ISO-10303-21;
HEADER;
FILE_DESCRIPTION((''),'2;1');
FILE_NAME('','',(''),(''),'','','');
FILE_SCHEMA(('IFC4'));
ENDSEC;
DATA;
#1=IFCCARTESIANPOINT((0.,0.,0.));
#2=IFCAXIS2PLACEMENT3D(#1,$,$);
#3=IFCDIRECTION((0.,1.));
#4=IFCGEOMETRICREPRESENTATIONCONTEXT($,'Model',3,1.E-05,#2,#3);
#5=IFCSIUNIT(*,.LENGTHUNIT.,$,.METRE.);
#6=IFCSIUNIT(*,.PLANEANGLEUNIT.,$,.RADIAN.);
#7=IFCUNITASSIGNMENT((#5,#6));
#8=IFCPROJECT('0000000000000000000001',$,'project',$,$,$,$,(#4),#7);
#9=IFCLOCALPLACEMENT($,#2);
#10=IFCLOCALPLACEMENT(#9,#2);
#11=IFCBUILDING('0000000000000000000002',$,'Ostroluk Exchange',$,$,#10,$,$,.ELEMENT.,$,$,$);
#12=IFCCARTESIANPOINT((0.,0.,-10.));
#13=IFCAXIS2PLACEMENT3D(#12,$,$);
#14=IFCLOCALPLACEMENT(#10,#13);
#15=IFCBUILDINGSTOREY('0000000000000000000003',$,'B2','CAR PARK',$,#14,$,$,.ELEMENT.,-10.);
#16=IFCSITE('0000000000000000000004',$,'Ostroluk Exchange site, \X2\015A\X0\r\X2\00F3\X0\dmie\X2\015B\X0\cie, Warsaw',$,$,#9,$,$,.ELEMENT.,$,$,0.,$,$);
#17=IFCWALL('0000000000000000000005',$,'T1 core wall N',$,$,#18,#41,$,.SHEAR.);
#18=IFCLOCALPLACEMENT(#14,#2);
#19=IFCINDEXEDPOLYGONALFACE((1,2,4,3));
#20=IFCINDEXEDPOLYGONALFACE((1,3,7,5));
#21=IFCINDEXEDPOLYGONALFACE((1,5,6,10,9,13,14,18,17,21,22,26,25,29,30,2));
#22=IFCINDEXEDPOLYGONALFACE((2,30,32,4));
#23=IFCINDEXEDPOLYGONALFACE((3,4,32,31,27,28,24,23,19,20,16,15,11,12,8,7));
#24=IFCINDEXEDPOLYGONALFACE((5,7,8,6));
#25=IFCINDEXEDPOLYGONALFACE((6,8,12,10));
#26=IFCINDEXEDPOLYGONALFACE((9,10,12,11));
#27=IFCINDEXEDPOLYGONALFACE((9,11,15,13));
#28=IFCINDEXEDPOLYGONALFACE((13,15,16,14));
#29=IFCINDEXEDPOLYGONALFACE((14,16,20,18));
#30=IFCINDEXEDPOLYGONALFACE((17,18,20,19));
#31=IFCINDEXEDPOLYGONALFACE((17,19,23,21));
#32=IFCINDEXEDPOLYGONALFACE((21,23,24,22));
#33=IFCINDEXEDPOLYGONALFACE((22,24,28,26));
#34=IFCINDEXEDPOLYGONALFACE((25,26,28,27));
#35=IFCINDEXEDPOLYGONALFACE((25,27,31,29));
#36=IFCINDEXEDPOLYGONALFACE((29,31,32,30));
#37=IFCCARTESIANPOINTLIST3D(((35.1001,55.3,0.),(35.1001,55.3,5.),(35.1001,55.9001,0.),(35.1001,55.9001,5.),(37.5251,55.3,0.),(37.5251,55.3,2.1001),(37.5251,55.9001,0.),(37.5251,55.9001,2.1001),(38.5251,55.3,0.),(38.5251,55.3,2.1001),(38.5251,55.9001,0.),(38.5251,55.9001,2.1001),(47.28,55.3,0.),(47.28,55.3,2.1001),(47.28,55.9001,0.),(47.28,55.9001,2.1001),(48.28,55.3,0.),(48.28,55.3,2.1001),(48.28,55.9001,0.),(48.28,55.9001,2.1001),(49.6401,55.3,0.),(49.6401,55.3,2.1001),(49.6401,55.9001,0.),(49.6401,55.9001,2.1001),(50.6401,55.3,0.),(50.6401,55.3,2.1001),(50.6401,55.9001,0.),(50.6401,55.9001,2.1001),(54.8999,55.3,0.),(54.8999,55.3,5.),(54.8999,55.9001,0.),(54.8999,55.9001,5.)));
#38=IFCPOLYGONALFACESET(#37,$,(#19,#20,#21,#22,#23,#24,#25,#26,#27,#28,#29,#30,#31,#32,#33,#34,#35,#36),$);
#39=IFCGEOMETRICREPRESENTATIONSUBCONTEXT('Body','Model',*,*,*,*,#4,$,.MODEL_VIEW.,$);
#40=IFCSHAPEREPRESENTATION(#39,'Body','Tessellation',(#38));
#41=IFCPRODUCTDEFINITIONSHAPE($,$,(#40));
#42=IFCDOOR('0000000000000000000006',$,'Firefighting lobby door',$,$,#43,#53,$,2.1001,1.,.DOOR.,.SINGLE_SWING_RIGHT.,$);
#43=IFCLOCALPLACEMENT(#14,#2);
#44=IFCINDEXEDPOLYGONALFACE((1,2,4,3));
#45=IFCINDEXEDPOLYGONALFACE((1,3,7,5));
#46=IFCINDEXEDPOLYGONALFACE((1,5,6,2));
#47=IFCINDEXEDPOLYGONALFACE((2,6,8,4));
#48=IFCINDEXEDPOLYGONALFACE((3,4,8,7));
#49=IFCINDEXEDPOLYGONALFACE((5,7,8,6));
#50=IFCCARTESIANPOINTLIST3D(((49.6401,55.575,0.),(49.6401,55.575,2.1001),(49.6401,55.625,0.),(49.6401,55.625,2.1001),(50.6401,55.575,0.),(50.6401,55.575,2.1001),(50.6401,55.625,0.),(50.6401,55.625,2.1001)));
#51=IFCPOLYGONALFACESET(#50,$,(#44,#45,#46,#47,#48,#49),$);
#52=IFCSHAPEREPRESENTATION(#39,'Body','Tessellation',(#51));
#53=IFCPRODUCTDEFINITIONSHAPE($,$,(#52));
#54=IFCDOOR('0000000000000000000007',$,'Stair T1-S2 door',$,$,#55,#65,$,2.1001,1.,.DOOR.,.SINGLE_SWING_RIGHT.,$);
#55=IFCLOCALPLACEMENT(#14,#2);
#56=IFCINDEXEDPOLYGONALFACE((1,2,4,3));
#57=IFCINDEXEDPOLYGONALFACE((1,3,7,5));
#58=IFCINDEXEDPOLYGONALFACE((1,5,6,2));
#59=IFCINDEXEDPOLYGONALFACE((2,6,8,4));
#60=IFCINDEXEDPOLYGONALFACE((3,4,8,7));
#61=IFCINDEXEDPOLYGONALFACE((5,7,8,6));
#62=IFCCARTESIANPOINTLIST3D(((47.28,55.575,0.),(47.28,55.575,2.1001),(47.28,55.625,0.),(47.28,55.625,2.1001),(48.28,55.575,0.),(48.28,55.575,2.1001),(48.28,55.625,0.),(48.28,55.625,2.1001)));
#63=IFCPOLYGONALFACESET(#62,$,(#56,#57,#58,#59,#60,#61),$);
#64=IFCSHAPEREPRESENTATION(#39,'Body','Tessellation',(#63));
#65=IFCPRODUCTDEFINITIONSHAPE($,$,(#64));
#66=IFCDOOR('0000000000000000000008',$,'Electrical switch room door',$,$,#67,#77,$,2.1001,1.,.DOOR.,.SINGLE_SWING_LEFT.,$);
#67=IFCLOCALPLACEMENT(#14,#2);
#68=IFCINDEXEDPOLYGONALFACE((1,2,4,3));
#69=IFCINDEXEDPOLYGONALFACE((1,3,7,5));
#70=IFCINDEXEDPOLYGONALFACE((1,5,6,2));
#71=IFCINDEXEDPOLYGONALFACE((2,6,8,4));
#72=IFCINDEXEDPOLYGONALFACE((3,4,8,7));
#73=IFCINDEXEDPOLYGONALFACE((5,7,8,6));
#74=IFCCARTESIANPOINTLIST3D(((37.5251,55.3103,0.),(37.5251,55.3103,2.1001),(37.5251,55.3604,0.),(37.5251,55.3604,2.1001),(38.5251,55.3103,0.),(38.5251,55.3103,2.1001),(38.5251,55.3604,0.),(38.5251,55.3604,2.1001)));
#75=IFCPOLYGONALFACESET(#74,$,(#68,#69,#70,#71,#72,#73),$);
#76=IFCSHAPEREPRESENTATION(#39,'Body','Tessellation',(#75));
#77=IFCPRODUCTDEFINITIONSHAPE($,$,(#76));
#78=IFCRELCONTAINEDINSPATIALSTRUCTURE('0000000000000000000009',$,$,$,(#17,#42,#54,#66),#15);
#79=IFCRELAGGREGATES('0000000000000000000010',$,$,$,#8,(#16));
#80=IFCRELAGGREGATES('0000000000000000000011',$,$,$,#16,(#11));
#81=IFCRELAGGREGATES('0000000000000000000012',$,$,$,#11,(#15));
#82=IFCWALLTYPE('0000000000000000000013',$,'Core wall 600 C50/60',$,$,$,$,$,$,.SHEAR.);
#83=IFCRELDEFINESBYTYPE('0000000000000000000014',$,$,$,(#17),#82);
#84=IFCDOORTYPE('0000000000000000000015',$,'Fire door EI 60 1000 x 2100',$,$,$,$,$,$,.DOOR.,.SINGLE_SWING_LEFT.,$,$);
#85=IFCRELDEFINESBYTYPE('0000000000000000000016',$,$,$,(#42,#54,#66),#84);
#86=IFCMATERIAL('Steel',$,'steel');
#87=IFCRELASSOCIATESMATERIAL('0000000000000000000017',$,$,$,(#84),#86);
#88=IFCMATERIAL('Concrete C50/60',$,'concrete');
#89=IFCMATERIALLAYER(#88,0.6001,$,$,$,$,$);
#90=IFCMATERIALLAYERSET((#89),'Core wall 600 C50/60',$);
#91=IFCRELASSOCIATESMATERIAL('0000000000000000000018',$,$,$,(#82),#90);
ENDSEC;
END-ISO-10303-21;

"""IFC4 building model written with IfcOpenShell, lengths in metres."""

from ifc_helpers import new_model, si_unit, direction, frame, frame_2d, origin, place, context, subcontext, project, spatial, rectangle, extrude, material, layer, layer_set, type_object, element, fill, save


model = new_model("IFC4")

# Units and contexts
model_context = context("Model", 3, precision=1e-05, world=origin(), true_north=direction((0.0, 1.0)))
body_context = subcontext(model_context, "Body", "Model", "MODEL_VIEW")
ifc_project = project(units=[si_unit("LENGTHUNIT", "METRE"), si_unit("PLANEANGLEUNIT", "RADIAN")], contexts=[model_context])

# Site, building, storey
site_placement = place(None, origin())
site = spatial("IfcSite", under=ifc_project, at=site_placement, Name="Ostroluk Exchange site, Śródmieście, Warsaw", CompositionType="ELEMENT", RefElevation=0.0)
building_placement = place(site_placement, origin())
building = spatial("IfcBuilding", under=site, at=building_placement, Name="Ostroluk Exchange", CompositionType="ELEMENT")
storey_placement = place(building_placement, frame((0.0, 0.0, -10.0)))
storey = spatial("IfcBuildingStorey", under=building, at=storey_placement, Name="B2", Description="CAR PARK", CompositionType="ELEMENT", Elevation=-10.0)

# Shared definitions
ifc_material_1 = material(Name="Steel", Category="steel")
door_type_1 = type_object("IfcDoorType", Name="Fire door EI 60 1000 x 2100", OperationType="SINGLE_SWING_LEFT", PredefinedType="DOOR", material=ifc_material_1)

# Wall, openings, doors
ifc_material_2 = material(Name="Concrete C50/60", Category="concrete")
ifc_layer_1 = layer(ifc_material_2, 0.6001)
ifc_layer_set_1 = layer_set([ifc_layer_1], Name="Core wall 600 C50/60")
wall_type_1 = type_object("IfcWallType", Name="Core wall 600 C50/60", PredefinedType="SHEAR", material=ifc_layer_set_1)
wall_1_placement = place(storey_placement, frame((35.1001, 55.6001, 0.0), z_axis=(0.0, 0.0, 1.0), x_axis=(1.0, 0.0, 0.0)))
wall_1 = element("IfcWall", 1, at=wall_1_placement, inside=storey, type_object=wall_type_1, Name="T1 core wall N", PredefinedType="SHEAR", context=body_context, shape_type="SweptSolid", body=[
    extrude(rectangle(XDim=19.7998, YDim=0.6001, at=frame_2d((9.8999, 0.0))), origin(), (0.0, 0.0, 1.0), 5.0),
])
opening_1_placement = place(wall_1_placement, frame((14.54, 0.0, 0.0)))
opening_1 = element("IfcOpeningElement", 2, at=opening_1_placement, cuts=wall_1, PredefinedType="OPENING", context=body_context, shape_type="SweptSolid", body=[
    extrude(rectangle(XDim=1.0, YDim=2.1001, at=frame_2d((0.5, 1.05))), frame((0.0, 0.3101, 0.0), z_axis=(0.0, -1.0, 0.0), x_axis=(1.0, 0.0, 0.0)), (0.0, 0.0, 1.0), 0.6201),
])
opening_2_placement = place(wall_1_placement, frame((12.1799, 0.0, 0.0)))
opening_2 = element("IfcOpeningElement", 3, at=opening_2_placement, cuts=wall_1, PredefinedType="OPENING", context=body_context, shape_type="SweptSolid", body=[
    extrude(rectangle(XDim=1.0, YDim=2.1001, at=frame_2d((0.5, 1.05))), frame((0.0, 0.3101, 0.0), z_axis=(0.0, -1.0, 0.0), x_axis=(1.0, 0.0, 0.0)), (0.0, 0.0, 1.0), 0.6201),
])
opening_3_placement = place(wall_1_placement, frame((2.425, 0.0, 0.0)))
opening_3 = element("IfcOpeningElement", 4, at=opening_3_placement, cuts=wall_1, PredefinedType="OPENING", context=body_context, shape_type="SweptSolid", body=[
    extrude(rectangle(XDim=1.0, YDim=2.1001, at=frame_2d((0.5, 1.05))), frame((0.0, 0.3101, 0.0), z_axis=(0.0, -1.0, 0.0), x_axis=(1.0, 0.0, 0.0)), (0.0, 0.0, 1.0), 0.6201),
])
door_1_placement = place(opening_1_placement, origin())
door_1 = element("IfcDoor", 5, at=door_1_placement, inside=storey, type_object=door_type_1, Name="Firefighting lobby door", OperationType="SINGLE_SWING_RIGHT", OverallHeight=2.1001, OverallWidth=1.0, PredefinedType="DOOR", context=body_context, shape_type="SweptSolid", body=[
    extrude(rectangle(XDim=1.0, YDim=2.1001, at=frame_2d((0.5, 1.05))), frame((0.0, 0.0249, 0.0), z_axis=(0.0, -1.0, 0.0), x_axis=(1.0, 0.0, 0.0)), (0.0, 0.0, 1.0), 0.05),
])
fill(opening_1, door_1)
door_2_placement = place(opening_2_placement, origin())
door_2 = element("IfcDoor", 6, at=door_2_placement, inside=storey, type_object=door_type_1, Name="Stair T1-S2 door", OperationType="SINGLE_SWING_RIGHT", OverallHeight=2.1001, OverallWidth=1.0, PredefinedType="DOOR", context=body_context, shape_type="SweptSolid", body=[
    extrude(rectangle(XDim=1.0, YDim=2.1001, at=frame_2d((0.5, 1.05))), frame((0.0, 0.0249, 0.0), z_axis=(0.0, -1.0, 0.0), x_axis=(1.0, 0.0, 0.0)), (0.0, 0.0, 1.0), 0.05),
])
fill(opening_2, door_2)
door_3_placement = place(opening_3_placement, origin())
door_3 = element("IfcDoor", 7, at=door_3_placement, inside=storey, type_object=door_type_1, Name="Electrical switch room door", OperationType="SINGLE_SWING_LEFT", OverallHeight=2.1001, OverallWidth=1.0, PredefinedType="DOOR", context=body_context, shape_type="SweptSolid", body=[
    extrude(rectangle(XDim=1.0, YDim=2.1001, at=frame_2d((0.5, 1.05))), frame((0.0, -0.2397, 0.0), z_axis=(0.0, -1.0, 0.0), x_axis=(1.0, 0.0, 0.0)), (0.0, 0.0, 1.0), 0.05),
])
fill(opening_3, door_3)

save(model, "model.ifc")
